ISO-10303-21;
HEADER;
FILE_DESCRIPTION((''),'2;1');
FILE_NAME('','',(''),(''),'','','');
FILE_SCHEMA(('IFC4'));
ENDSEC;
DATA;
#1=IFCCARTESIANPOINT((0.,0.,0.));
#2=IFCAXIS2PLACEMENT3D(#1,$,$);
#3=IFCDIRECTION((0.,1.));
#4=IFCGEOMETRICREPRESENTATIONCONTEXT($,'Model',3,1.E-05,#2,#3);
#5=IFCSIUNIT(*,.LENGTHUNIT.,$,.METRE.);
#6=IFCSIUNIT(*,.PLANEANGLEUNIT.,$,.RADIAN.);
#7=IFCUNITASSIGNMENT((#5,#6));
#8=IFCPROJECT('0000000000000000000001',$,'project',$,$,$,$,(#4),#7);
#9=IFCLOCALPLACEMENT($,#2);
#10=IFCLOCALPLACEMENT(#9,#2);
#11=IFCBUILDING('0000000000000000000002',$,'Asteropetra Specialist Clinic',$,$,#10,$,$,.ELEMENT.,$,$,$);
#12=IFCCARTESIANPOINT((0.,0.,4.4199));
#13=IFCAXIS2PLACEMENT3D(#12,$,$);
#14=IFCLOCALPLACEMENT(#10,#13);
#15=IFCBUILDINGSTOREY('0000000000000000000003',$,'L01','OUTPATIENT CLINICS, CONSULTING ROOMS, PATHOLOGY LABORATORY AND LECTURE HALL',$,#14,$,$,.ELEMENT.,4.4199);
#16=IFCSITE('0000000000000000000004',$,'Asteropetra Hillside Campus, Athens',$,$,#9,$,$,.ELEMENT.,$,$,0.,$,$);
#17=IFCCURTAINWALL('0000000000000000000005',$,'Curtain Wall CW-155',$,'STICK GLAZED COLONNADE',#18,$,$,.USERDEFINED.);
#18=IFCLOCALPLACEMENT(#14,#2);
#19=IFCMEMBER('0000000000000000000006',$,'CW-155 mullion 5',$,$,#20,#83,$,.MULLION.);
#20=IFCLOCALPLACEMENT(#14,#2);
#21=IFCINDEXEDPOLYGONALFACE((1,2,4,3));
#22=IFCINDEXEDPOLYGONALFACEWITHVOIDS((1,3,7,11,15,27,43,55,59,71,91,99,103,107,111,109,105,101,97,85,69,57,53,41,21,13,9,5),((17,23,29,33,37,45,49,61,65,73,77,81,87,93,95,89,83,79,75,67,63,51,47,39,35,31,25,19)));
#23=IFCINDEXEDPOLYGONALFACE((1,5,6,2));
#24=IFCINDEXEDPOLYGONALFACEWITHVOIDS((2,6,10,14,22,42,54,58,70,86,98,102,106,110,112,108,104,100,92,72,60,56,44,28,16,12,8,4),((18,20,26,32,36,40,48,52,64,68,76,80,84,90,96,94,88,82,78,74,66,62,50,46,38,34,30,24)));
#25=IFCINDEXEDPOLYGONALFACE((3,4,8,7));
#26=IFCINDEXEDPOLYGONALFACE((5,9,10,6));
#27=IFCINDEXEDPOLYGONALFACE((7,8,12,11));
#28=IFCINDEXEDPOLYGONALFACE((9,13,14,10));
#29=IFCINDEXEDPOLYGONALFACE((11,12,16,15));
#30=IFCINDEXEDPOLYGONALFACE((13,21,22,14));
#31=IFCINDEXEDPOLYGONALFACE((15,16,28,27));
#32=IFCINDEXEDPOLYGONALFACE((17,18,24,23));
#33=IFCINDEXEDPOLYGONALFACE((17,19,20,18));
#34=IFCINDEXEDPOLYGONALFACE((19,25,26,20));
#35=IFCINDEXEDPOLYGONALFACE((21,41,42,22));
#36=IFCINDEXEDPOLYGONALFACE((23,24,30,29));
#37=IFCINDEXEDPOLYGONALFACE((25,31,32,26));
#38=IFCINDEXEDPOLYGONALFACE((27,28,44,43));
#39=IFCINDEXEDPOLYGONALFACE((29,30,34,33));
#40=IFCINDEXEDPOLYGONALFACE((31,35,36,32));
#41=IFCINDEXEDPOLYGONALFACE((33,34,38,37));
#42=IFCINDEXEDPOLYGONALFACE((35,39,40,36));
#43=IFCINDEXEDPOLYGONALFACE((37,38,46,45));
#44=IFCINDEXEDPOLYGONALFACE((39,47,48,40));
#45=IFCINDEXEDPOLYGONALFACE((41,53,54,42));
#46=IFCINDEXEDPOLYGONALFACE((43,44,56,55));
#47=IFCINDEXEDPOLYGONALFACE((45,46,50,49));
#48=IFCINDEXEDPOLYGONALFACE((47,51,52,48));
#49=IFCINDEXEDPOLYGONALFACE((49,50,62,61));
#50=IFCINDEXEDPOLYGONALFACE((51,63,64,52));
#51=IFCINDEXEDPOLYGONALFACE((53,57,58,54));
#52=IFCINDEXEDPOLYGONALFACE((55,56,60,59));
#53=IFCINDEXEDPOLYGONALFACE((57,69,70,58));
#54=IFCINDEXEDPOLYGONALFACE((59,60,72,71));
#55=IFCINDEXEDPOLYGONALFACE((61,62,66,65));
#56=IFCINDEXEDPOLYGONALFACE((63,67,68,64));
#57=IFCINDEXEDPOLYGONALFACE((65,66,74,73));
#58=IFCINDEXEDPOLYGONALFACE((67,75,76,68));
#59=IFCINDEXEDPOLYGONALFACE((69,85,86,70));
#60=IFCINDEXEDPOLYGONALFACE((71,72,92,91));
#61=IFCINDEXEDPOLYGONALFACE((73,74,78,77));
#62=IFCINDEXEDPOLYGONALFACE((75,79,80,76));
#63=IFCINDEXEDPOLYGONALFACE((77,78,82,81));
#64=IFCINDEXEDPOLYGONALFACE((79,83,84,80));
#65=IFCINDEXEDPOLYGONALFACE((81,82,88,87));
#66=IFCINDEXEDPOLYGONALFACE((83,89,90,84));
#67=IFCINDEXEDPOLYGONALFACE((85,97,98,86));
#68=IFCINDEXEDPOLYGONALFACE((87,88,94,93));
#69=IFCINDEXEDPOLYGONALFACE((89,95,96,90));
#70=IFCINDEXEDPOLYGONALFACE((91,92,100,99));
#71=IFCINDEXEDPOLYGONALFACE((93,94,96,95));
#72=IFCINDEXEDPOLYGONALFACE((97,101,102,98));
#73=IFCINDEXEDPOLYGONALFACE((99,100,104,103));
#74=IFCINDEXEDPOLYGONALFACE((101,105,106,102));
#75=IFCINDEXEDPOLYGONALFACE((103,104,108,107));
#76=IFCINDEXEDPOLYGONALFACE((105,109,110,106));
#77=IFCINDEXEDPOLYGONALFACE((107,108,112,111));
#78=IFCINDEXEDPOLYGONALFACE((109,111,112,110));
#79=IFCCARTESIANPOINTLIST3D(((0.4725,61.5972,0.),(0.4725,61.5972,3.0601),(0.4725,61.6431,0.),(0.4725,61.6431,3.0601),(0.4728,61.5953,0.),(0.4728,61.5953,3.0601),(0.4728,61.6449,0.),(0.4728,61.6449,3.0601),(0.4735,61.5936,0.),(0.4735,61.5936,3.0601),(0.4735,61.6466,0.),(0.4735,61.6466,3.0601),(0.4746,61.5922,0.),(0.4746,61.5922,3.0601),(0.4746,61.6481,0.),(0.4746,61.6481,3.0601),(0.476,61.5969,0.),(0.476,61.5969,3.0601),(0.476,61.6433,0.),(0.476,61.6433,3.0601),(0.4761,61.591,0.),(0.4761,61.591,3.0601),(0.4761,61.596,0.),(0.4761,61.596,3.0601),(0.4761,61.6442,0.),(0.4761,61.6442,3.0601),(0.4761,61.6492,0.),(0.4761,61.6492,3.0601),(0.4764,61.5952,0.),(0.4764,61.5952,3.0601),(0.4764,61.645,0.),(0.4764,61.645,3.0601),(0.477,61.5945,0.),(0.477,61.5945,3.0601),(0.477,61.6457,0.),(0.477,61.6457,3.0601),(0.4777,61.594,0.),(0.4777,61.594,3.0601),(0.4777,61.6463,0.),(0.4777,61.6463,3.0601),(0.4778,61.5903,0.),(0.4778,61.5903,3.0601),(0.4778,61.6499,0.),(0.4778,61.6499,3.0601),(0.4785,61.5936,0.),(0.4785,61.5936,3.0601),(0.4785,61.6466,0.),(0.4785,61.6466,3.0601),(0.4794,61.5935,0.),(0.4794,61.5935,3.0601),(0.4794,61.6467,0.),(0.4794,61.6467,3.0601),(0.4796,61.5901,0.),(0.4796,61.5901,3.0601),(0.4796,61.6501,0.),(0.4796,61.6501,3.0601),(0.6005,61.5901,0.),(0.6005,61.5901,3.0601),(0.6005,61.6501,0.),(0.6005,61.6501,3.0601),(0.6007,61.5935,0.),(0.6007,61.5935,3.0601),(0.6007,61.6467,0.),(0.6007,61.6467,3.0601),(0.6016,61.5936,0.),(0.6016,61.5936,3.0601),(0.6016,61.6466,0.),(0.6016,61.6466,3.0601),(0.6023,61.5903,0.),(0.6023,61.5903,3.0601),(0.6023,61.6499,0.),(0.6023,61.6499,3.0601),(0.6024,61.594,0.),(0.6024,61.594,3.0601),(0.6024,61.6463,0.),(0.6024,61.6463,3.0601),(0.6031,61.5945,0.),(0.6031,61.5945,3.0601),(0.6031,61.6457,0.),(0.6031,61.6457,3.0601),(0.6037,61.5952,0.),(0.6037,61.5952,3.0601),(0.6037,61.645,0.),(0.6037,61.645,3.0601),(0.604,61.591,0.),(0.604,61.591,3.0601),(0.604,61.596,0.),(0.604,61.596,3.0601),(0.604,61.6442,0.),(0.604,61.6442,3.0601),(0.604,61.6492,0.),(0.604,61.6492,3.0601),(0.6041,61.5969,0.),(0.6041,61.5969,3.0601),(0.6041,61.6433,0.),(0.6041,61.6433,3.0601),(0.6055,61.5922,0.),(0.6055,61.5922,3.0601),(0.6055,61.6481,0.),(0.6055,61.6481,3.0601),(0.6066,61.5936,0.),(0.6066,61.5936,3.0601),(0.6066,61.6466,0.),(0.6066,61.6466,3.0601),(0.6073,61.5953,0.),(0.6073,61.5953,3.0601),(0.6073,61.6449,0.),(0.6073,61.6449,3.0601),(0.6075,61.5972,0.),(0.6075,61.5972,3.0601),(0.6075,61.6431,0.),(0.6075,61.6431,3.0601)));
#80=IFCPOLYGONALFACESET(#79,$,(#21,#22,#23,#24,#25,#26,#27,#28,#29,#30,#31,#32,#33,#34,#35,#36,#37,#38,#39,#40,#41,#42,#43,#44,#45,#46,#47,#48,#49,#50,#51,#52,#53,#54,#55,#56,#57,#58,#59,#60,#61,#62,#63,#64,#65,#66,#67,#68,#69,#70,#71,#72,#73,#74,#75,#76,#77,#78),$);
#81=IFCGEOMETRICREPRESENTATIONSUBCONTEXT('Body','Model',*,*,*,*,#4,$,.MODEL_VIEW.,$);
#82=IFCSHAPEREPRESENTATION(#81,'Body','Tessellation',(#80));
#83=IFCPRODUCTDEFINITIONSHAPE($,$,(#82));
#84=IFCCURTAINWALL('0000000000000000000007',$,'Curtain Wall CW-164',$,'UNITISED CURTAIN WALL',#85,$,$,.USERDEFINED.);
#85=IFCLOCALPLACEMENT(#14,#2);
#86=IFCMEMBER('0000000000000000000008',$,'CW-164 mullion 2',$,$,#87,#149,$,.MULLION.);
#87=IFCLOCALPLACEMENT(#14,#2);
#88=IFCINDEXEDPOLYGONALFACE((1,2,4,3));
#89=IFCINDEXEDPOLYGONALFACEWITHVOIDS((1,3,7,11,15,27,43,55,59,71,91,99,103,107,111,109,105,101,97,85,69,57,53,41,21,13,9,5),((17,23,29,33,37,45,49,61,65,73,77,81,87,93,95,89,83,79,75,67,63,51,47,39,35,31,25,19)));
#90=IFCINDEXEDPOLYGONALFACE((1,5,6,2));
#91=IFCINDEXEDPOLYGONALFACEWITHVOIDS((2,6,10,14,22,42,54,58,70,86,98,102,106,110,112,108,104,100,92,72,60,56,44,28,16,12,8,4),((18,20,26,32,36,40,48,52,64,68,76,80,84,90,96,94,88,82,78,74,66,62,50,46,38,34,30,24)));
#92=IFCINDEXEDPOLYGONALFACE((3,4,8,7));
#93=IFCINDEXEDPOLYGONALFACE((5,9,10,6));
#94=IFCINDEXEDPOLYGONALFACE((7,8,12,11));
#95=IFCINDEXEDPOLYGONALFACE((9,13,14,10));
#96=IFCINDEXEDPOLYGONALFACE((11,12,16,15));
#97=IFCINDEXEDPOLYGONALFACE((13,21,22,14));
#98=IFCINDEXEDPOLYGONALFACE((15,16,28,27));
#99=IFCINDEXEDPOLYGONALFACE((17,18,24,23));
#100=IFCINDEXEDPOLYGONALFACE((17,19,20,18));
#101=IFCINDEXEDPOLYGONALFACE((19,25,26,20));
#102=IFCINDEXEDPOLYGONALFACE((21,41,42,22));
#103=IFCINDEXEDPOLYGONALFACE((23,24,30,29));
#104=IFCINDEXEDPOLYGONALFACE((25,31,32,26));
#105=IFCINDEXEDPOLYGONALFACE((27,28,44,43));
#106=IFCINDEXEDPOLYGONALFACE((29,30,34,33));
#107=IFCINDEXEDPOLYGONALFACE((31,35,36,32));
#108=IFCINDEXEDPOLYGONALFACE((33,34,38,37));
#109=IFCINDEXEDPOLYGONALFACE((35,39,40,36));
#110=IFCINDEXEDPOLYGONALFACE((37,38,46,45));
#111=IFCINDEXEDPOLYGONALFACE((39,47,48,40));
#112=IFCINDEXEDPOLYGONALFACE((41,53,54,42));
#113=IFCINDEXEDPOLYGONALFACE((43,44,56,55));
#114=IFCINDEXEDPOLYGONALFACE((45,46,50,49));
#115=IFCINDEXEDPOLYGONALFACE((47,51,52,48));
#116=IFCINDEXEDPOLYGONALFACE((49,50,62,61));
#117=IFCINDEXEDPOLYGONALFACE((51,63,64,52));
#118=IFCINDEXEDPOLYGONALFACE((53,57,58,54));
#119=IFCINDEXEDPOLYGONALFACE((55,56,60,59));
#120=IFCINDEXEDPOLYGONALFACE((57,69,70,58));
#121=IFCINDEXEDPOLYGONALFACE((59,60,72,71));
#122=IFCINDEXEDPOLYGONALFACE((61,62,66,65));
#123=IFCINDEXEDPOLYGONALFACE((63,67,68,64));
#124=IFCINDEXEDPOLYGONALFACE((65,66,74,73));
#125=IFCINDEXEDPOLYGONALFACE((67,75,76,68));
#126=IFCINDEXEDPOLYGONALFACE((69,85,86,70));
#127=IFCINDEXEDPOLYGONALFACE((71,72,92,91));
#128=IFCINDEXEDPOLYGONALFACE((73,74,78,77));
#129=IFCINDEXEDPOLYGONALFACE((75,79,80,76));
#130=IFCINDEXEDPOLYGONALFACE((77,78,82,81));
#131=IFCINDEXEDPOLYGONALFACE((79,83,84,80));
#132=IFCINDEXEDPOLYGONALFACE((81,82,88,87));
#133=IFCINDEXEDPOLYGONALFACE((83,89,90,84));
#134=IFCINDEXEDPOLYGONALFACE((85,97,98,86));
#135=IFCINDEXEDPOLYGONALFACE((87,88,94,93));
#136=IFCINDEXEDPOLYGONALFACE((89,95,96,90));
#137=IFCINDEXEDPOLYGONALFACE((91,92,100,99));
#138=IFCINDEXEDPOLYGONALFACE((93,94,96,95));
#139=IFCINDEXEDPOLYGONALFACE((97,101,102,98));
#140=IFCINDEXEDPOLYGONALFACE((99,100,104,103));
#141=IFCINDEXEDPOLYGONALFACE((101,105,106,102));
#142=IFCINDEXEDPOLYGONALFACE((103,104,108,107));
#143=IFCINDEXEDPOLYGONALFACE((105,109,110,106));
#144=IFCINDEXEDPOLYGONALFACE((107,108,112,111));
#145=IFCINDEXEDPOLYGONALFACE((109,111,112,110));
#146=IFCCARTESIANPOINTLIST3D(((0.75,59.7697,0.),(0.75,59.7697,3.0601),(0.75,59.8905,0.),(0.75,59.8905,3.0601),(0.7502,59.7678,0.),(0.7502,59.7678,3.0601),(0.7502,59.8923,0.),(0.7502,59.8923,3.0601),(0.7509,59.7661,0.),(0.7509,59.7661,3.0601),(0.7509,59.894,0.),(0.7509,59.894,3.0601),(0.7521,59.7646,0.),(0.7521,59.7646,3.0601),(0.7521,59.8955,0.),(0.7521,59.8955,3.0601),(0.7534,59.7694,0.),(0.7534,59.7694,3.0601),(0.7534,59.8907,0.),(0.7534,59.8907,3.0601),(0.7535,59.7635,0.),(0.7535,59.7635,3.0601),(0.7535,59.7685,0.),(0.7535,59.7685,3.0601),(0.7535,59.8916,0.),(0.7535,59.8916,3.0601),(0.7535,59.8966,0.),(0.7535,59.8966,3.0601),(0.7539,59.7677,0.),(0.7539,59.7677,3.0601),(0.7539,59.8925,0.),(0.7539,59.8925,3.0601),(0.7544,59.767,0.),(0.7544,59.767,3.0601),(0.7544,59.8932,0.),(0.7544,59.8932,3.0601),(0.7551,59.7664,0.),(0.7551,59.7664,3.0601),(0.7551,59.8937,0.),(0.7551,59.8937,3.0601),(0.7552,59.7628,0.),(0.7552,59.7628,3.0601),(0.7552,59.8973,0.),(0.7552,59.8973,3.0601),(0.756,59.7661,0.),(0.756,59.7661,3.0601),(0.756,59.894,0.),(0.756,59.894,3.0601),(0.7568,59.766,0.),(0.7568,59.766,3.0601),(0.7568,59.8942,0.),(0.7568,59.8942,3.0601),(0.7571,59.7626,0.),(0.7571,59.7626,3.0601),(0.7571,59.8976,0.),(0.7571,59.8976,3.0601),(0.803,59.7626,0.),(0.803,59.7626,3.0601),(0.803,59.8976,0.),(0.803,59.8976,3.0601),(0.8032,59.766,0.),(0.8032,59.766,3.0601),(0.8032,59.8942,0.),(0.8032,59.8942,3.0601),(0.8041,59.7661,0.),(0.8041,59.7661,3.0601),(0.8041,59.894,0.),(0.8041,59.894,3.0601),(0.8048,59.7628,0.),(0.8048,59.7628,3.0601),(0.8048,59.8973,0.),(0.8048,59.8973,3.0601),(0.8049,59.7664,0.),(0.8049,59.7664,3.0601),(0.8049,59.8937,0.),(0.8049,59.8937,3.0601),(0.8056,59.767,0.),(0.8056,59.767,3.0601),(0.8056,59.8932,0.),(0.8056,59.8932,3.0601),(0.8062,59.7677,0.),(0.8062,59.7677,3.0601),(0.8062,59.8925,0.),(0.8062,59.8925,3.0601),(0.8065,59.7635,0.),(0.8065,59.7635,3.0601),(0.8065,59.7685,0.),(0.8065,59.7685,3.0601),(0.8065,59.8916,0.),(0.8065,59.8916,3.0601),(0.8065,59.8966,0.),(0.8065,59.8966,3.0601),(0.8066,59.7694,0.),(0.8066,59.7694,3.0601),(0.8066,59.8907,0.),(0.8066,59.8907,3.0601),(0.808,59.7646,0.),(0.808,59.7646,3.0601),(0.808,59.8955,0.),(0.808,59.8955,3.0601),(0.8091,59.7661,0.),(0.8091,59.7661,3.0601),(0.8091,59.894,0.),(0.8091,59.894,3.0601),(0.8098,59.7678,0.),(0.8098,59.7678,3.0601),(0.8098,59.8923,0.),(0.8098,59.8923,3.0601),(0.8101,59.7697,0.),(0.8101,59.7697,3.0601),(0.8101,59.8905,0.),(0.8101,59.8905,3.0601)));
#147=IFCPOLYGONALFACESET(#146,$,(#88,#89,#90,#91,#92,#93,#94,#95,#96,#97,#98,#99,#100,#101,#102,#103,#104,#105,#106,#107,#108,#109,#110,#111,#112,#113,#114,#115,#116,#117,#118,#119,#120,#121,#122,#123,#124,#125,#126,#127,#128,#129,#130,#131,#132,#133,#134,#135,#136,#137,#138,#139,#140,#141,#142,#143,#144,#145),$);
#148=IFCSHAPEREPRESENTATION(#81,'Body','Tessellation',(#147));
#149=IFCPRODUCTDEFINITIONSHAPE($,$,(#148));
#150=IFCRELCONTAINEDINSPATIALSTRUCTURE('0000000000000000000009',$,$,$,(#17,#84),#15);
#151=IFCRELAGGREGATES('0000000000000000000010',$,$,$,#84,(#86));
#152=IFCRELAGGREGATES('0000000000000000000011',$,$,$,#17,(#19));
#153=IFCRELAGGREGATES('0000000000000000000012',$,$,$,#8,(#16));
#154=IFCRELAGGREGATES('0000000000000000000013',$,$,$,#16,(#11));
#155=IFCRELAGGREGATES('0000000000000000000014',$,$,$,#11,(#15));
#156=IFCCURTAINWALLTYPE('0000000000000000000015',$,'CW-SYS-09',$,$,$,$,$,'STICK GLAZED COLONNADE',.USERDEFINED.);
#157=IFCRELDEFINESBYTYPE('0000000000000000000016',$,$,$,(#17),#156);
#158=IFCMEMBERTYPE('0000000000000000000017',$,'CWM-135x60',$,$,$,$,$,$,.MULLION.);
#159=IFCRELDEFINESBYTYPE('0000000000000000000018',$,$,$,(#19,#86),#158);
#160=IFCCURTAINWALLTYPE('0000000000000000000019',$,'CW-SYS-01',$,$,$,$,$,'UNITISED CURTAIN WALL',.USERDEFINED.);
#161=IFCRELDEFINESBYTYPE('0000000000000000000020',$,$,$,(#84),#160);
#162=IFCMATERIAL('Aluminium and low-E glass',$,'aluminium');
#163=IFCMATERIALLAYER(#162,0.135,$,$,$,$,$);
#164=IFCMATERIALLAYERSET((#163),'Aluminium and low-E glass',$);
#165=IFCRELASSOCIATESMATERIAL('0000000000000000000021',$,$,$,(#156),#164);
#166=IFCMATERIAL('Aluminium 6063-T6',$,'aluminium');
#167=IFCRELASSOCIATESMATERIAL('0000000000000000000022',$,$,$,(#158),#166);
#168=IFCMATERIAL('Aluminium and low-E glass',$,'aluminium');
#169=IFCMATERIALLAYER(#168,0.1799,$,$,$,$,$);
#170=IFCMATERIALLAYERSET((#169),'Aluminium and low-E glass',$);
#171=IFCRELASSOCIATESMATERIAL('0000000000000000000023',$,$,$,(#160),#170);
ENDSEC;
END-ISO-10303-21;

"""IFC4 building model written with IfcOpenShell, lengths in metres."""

from ifc_helpers import new_model, si_unit, direction, frame, origin, origin_2d, place, context, subcontext, project, spatial, hollow_rectangle, extrude, material, layer, layer_set, material_profile, profile_set, type_object, element, aggregate, save


model = new_model("IFC4")

# Units and contexts
model_context = context("Model", 3, precision=1e-05, world=origin(), true_north=direction((0.0, 1.0)))
body_context = subcontext(model_context, "Body", "Model", "MODEL_VIEW")
ifc_project = project(units=[si_unit("LENGTHUNIT", "METRE"), si_unit("PLANEANGLEUNIT", "RADIAN")], contexts=[model_context])

# Site, building, storey
site_placement = place(None, origin())
site = spatial("IfcSite", under=ifc_project, at=site_placement, Name="Asteropetra Hillside Campus, Athens", CompositionType="ELEMENT", RefElevation=0.0)
building_placement = place(site_placement, origin())
building = spatial("IfcBuilding", under=site, at=building_placement, Name="Asteropetra Specialist Clinic", CompositionType="ELEMENT")
storey_placement = place(building_placement, frame((0.0, 0.0, 4.4199)))
storey = spatial("IfcBuildingStorey", under=building, at=storey_placement, Name="L01", Description="OUTPATIENT CLINICS, CONSULTING ROOMS, PATHOLOGY LABORATORY AND LECTURE HALL", CompositionType="ELEMENT", Elevation=4.4199)

# Curtain wall, member
ifc_material_1 = material(Name="Aluminium and low-E glass", Category="aluminium")
ifc_layer_1 = layer(ifc_material_1, 0.135)
ifc_layer_set_1 = layer_set([ifc_layer_1], Name="Aluminium and low-E glass")
curtain_wall_type_1 = type_object("IfcCurtainWallType", Name="CW-SYS-09", ElementType="STICK GLAZED COLONNADE", PredefinedType="USERDEFINED", material=ifc_layer_set_1)
curtain_wall_1_placement = place(storey_placement, origin())
curtain_wall_1 = element("IfcCurtainWall", 1, at=curtain_wall_1_placement, inside=storey, type_object=curtain_wall_type_1, Name="Curtain Wall CW-155", ObjectType="STICK GLAZED COLONNADE", PredefinedType="USERDEFINED")
ifc_material_2 = material(Name="Aluminium 6063-T6", Category="aluminium")
ifc_material_profile_1 = material_profile(ifc_material_2, hollow_rectangle(XDim=0.0601, YDim=0.135, WallThickness=0.0034, InnerFilletRadius=0.0034, OuterFilletRadius=0.0071, at=origin_2d()), Name="MUL 135x60x3.5")
ifc_profile_set_1 = profile_set([ifc_material_profile_1], Name="Aluminium 6063-T6")
member_type_1 = type_object("IfcMemberType", Name="CWM-135x60", PredefinedType="MULLION", material=ifc_profile_set_1)
member_1_placement = place(storey_placement, frame((0.54, 61.6201, 0.0), z_axis=(0.0, 0.0, 1.0), x_axis=(0.0, -1.0, 0.0)))
member_1 = element("IfcMember", 2, at=member_1_placement, type_object=member_type_1, Name="CW-155 mullion 5", PredefinedType="MULLION", context=body_context, shape_type="SweptSolid", body=[
    extrude(hollow_rectangle(XDim=0.0601, YDim=0.135, WallThickness=0.0034, InnerFilletRadius=0.0034, OuterFilletRadius=0.0071, at=origin_2d()), origin(), (0.0, 0.0, 1.0), 3.0601),
])

# Curtain wall, member
ifc_material_3 = material(Name="Aluminium and low-E glass", Category="aluminium")
ifc_layer_2 = layer(ifc_material_3, 0.1799)
ifc_layer_set_2 = layer_set([ifc_layer_2], Name="Aluminium and low-E glass")
curtain_wall_type_2 = type_object("IfcCurtainWallType", Name="CW-SYS-01", ElementType="UNITISED CURTAIN WALL", PredefinedType="USERDEFINED", material=ifc_layer_set_2)
curtain_wall_2_placement = place(storey_placement, origin())
curtain_wall_2 = element("IfcCurtainWall", 3, at=curtain_wall_2_placement, inside=storey, type_object=curtain_wall_type_2, Name="Curtain Wall CW-164", ObjectType="UNITISED CURTAIN WALL", PredefinedType="USERDEFINED")
member_2_placement = place(storey_placement, frame((0.78, 59.8301, 0.0), z_axis=(0.0, 0.0, 1.0), x_axis=(1.0, 0.0, 0.0)))
member_2 = element("IfcMember", 4, at=member_2_placement, type_object=member_type_1, Name="CW-164 mullion 2", PredefinedType="MULLION", context=body_context, shape_type="SweptSolid", body=[
    extrude(hollow_rectangle(XDim=0.0601, YDim=0.135, WallThickness=0.0034, InnerFilletRadius=0.0034, OuterFilletRadius=0.0071, at=origin_2d()), origin(), (0.0, 0.0, 1.0), 3.0601),
])

aggregate(curtain_wall_2, [member_2])
aggregate(curtain_wall_1, [member_1])

save(model, "model.ifc")
